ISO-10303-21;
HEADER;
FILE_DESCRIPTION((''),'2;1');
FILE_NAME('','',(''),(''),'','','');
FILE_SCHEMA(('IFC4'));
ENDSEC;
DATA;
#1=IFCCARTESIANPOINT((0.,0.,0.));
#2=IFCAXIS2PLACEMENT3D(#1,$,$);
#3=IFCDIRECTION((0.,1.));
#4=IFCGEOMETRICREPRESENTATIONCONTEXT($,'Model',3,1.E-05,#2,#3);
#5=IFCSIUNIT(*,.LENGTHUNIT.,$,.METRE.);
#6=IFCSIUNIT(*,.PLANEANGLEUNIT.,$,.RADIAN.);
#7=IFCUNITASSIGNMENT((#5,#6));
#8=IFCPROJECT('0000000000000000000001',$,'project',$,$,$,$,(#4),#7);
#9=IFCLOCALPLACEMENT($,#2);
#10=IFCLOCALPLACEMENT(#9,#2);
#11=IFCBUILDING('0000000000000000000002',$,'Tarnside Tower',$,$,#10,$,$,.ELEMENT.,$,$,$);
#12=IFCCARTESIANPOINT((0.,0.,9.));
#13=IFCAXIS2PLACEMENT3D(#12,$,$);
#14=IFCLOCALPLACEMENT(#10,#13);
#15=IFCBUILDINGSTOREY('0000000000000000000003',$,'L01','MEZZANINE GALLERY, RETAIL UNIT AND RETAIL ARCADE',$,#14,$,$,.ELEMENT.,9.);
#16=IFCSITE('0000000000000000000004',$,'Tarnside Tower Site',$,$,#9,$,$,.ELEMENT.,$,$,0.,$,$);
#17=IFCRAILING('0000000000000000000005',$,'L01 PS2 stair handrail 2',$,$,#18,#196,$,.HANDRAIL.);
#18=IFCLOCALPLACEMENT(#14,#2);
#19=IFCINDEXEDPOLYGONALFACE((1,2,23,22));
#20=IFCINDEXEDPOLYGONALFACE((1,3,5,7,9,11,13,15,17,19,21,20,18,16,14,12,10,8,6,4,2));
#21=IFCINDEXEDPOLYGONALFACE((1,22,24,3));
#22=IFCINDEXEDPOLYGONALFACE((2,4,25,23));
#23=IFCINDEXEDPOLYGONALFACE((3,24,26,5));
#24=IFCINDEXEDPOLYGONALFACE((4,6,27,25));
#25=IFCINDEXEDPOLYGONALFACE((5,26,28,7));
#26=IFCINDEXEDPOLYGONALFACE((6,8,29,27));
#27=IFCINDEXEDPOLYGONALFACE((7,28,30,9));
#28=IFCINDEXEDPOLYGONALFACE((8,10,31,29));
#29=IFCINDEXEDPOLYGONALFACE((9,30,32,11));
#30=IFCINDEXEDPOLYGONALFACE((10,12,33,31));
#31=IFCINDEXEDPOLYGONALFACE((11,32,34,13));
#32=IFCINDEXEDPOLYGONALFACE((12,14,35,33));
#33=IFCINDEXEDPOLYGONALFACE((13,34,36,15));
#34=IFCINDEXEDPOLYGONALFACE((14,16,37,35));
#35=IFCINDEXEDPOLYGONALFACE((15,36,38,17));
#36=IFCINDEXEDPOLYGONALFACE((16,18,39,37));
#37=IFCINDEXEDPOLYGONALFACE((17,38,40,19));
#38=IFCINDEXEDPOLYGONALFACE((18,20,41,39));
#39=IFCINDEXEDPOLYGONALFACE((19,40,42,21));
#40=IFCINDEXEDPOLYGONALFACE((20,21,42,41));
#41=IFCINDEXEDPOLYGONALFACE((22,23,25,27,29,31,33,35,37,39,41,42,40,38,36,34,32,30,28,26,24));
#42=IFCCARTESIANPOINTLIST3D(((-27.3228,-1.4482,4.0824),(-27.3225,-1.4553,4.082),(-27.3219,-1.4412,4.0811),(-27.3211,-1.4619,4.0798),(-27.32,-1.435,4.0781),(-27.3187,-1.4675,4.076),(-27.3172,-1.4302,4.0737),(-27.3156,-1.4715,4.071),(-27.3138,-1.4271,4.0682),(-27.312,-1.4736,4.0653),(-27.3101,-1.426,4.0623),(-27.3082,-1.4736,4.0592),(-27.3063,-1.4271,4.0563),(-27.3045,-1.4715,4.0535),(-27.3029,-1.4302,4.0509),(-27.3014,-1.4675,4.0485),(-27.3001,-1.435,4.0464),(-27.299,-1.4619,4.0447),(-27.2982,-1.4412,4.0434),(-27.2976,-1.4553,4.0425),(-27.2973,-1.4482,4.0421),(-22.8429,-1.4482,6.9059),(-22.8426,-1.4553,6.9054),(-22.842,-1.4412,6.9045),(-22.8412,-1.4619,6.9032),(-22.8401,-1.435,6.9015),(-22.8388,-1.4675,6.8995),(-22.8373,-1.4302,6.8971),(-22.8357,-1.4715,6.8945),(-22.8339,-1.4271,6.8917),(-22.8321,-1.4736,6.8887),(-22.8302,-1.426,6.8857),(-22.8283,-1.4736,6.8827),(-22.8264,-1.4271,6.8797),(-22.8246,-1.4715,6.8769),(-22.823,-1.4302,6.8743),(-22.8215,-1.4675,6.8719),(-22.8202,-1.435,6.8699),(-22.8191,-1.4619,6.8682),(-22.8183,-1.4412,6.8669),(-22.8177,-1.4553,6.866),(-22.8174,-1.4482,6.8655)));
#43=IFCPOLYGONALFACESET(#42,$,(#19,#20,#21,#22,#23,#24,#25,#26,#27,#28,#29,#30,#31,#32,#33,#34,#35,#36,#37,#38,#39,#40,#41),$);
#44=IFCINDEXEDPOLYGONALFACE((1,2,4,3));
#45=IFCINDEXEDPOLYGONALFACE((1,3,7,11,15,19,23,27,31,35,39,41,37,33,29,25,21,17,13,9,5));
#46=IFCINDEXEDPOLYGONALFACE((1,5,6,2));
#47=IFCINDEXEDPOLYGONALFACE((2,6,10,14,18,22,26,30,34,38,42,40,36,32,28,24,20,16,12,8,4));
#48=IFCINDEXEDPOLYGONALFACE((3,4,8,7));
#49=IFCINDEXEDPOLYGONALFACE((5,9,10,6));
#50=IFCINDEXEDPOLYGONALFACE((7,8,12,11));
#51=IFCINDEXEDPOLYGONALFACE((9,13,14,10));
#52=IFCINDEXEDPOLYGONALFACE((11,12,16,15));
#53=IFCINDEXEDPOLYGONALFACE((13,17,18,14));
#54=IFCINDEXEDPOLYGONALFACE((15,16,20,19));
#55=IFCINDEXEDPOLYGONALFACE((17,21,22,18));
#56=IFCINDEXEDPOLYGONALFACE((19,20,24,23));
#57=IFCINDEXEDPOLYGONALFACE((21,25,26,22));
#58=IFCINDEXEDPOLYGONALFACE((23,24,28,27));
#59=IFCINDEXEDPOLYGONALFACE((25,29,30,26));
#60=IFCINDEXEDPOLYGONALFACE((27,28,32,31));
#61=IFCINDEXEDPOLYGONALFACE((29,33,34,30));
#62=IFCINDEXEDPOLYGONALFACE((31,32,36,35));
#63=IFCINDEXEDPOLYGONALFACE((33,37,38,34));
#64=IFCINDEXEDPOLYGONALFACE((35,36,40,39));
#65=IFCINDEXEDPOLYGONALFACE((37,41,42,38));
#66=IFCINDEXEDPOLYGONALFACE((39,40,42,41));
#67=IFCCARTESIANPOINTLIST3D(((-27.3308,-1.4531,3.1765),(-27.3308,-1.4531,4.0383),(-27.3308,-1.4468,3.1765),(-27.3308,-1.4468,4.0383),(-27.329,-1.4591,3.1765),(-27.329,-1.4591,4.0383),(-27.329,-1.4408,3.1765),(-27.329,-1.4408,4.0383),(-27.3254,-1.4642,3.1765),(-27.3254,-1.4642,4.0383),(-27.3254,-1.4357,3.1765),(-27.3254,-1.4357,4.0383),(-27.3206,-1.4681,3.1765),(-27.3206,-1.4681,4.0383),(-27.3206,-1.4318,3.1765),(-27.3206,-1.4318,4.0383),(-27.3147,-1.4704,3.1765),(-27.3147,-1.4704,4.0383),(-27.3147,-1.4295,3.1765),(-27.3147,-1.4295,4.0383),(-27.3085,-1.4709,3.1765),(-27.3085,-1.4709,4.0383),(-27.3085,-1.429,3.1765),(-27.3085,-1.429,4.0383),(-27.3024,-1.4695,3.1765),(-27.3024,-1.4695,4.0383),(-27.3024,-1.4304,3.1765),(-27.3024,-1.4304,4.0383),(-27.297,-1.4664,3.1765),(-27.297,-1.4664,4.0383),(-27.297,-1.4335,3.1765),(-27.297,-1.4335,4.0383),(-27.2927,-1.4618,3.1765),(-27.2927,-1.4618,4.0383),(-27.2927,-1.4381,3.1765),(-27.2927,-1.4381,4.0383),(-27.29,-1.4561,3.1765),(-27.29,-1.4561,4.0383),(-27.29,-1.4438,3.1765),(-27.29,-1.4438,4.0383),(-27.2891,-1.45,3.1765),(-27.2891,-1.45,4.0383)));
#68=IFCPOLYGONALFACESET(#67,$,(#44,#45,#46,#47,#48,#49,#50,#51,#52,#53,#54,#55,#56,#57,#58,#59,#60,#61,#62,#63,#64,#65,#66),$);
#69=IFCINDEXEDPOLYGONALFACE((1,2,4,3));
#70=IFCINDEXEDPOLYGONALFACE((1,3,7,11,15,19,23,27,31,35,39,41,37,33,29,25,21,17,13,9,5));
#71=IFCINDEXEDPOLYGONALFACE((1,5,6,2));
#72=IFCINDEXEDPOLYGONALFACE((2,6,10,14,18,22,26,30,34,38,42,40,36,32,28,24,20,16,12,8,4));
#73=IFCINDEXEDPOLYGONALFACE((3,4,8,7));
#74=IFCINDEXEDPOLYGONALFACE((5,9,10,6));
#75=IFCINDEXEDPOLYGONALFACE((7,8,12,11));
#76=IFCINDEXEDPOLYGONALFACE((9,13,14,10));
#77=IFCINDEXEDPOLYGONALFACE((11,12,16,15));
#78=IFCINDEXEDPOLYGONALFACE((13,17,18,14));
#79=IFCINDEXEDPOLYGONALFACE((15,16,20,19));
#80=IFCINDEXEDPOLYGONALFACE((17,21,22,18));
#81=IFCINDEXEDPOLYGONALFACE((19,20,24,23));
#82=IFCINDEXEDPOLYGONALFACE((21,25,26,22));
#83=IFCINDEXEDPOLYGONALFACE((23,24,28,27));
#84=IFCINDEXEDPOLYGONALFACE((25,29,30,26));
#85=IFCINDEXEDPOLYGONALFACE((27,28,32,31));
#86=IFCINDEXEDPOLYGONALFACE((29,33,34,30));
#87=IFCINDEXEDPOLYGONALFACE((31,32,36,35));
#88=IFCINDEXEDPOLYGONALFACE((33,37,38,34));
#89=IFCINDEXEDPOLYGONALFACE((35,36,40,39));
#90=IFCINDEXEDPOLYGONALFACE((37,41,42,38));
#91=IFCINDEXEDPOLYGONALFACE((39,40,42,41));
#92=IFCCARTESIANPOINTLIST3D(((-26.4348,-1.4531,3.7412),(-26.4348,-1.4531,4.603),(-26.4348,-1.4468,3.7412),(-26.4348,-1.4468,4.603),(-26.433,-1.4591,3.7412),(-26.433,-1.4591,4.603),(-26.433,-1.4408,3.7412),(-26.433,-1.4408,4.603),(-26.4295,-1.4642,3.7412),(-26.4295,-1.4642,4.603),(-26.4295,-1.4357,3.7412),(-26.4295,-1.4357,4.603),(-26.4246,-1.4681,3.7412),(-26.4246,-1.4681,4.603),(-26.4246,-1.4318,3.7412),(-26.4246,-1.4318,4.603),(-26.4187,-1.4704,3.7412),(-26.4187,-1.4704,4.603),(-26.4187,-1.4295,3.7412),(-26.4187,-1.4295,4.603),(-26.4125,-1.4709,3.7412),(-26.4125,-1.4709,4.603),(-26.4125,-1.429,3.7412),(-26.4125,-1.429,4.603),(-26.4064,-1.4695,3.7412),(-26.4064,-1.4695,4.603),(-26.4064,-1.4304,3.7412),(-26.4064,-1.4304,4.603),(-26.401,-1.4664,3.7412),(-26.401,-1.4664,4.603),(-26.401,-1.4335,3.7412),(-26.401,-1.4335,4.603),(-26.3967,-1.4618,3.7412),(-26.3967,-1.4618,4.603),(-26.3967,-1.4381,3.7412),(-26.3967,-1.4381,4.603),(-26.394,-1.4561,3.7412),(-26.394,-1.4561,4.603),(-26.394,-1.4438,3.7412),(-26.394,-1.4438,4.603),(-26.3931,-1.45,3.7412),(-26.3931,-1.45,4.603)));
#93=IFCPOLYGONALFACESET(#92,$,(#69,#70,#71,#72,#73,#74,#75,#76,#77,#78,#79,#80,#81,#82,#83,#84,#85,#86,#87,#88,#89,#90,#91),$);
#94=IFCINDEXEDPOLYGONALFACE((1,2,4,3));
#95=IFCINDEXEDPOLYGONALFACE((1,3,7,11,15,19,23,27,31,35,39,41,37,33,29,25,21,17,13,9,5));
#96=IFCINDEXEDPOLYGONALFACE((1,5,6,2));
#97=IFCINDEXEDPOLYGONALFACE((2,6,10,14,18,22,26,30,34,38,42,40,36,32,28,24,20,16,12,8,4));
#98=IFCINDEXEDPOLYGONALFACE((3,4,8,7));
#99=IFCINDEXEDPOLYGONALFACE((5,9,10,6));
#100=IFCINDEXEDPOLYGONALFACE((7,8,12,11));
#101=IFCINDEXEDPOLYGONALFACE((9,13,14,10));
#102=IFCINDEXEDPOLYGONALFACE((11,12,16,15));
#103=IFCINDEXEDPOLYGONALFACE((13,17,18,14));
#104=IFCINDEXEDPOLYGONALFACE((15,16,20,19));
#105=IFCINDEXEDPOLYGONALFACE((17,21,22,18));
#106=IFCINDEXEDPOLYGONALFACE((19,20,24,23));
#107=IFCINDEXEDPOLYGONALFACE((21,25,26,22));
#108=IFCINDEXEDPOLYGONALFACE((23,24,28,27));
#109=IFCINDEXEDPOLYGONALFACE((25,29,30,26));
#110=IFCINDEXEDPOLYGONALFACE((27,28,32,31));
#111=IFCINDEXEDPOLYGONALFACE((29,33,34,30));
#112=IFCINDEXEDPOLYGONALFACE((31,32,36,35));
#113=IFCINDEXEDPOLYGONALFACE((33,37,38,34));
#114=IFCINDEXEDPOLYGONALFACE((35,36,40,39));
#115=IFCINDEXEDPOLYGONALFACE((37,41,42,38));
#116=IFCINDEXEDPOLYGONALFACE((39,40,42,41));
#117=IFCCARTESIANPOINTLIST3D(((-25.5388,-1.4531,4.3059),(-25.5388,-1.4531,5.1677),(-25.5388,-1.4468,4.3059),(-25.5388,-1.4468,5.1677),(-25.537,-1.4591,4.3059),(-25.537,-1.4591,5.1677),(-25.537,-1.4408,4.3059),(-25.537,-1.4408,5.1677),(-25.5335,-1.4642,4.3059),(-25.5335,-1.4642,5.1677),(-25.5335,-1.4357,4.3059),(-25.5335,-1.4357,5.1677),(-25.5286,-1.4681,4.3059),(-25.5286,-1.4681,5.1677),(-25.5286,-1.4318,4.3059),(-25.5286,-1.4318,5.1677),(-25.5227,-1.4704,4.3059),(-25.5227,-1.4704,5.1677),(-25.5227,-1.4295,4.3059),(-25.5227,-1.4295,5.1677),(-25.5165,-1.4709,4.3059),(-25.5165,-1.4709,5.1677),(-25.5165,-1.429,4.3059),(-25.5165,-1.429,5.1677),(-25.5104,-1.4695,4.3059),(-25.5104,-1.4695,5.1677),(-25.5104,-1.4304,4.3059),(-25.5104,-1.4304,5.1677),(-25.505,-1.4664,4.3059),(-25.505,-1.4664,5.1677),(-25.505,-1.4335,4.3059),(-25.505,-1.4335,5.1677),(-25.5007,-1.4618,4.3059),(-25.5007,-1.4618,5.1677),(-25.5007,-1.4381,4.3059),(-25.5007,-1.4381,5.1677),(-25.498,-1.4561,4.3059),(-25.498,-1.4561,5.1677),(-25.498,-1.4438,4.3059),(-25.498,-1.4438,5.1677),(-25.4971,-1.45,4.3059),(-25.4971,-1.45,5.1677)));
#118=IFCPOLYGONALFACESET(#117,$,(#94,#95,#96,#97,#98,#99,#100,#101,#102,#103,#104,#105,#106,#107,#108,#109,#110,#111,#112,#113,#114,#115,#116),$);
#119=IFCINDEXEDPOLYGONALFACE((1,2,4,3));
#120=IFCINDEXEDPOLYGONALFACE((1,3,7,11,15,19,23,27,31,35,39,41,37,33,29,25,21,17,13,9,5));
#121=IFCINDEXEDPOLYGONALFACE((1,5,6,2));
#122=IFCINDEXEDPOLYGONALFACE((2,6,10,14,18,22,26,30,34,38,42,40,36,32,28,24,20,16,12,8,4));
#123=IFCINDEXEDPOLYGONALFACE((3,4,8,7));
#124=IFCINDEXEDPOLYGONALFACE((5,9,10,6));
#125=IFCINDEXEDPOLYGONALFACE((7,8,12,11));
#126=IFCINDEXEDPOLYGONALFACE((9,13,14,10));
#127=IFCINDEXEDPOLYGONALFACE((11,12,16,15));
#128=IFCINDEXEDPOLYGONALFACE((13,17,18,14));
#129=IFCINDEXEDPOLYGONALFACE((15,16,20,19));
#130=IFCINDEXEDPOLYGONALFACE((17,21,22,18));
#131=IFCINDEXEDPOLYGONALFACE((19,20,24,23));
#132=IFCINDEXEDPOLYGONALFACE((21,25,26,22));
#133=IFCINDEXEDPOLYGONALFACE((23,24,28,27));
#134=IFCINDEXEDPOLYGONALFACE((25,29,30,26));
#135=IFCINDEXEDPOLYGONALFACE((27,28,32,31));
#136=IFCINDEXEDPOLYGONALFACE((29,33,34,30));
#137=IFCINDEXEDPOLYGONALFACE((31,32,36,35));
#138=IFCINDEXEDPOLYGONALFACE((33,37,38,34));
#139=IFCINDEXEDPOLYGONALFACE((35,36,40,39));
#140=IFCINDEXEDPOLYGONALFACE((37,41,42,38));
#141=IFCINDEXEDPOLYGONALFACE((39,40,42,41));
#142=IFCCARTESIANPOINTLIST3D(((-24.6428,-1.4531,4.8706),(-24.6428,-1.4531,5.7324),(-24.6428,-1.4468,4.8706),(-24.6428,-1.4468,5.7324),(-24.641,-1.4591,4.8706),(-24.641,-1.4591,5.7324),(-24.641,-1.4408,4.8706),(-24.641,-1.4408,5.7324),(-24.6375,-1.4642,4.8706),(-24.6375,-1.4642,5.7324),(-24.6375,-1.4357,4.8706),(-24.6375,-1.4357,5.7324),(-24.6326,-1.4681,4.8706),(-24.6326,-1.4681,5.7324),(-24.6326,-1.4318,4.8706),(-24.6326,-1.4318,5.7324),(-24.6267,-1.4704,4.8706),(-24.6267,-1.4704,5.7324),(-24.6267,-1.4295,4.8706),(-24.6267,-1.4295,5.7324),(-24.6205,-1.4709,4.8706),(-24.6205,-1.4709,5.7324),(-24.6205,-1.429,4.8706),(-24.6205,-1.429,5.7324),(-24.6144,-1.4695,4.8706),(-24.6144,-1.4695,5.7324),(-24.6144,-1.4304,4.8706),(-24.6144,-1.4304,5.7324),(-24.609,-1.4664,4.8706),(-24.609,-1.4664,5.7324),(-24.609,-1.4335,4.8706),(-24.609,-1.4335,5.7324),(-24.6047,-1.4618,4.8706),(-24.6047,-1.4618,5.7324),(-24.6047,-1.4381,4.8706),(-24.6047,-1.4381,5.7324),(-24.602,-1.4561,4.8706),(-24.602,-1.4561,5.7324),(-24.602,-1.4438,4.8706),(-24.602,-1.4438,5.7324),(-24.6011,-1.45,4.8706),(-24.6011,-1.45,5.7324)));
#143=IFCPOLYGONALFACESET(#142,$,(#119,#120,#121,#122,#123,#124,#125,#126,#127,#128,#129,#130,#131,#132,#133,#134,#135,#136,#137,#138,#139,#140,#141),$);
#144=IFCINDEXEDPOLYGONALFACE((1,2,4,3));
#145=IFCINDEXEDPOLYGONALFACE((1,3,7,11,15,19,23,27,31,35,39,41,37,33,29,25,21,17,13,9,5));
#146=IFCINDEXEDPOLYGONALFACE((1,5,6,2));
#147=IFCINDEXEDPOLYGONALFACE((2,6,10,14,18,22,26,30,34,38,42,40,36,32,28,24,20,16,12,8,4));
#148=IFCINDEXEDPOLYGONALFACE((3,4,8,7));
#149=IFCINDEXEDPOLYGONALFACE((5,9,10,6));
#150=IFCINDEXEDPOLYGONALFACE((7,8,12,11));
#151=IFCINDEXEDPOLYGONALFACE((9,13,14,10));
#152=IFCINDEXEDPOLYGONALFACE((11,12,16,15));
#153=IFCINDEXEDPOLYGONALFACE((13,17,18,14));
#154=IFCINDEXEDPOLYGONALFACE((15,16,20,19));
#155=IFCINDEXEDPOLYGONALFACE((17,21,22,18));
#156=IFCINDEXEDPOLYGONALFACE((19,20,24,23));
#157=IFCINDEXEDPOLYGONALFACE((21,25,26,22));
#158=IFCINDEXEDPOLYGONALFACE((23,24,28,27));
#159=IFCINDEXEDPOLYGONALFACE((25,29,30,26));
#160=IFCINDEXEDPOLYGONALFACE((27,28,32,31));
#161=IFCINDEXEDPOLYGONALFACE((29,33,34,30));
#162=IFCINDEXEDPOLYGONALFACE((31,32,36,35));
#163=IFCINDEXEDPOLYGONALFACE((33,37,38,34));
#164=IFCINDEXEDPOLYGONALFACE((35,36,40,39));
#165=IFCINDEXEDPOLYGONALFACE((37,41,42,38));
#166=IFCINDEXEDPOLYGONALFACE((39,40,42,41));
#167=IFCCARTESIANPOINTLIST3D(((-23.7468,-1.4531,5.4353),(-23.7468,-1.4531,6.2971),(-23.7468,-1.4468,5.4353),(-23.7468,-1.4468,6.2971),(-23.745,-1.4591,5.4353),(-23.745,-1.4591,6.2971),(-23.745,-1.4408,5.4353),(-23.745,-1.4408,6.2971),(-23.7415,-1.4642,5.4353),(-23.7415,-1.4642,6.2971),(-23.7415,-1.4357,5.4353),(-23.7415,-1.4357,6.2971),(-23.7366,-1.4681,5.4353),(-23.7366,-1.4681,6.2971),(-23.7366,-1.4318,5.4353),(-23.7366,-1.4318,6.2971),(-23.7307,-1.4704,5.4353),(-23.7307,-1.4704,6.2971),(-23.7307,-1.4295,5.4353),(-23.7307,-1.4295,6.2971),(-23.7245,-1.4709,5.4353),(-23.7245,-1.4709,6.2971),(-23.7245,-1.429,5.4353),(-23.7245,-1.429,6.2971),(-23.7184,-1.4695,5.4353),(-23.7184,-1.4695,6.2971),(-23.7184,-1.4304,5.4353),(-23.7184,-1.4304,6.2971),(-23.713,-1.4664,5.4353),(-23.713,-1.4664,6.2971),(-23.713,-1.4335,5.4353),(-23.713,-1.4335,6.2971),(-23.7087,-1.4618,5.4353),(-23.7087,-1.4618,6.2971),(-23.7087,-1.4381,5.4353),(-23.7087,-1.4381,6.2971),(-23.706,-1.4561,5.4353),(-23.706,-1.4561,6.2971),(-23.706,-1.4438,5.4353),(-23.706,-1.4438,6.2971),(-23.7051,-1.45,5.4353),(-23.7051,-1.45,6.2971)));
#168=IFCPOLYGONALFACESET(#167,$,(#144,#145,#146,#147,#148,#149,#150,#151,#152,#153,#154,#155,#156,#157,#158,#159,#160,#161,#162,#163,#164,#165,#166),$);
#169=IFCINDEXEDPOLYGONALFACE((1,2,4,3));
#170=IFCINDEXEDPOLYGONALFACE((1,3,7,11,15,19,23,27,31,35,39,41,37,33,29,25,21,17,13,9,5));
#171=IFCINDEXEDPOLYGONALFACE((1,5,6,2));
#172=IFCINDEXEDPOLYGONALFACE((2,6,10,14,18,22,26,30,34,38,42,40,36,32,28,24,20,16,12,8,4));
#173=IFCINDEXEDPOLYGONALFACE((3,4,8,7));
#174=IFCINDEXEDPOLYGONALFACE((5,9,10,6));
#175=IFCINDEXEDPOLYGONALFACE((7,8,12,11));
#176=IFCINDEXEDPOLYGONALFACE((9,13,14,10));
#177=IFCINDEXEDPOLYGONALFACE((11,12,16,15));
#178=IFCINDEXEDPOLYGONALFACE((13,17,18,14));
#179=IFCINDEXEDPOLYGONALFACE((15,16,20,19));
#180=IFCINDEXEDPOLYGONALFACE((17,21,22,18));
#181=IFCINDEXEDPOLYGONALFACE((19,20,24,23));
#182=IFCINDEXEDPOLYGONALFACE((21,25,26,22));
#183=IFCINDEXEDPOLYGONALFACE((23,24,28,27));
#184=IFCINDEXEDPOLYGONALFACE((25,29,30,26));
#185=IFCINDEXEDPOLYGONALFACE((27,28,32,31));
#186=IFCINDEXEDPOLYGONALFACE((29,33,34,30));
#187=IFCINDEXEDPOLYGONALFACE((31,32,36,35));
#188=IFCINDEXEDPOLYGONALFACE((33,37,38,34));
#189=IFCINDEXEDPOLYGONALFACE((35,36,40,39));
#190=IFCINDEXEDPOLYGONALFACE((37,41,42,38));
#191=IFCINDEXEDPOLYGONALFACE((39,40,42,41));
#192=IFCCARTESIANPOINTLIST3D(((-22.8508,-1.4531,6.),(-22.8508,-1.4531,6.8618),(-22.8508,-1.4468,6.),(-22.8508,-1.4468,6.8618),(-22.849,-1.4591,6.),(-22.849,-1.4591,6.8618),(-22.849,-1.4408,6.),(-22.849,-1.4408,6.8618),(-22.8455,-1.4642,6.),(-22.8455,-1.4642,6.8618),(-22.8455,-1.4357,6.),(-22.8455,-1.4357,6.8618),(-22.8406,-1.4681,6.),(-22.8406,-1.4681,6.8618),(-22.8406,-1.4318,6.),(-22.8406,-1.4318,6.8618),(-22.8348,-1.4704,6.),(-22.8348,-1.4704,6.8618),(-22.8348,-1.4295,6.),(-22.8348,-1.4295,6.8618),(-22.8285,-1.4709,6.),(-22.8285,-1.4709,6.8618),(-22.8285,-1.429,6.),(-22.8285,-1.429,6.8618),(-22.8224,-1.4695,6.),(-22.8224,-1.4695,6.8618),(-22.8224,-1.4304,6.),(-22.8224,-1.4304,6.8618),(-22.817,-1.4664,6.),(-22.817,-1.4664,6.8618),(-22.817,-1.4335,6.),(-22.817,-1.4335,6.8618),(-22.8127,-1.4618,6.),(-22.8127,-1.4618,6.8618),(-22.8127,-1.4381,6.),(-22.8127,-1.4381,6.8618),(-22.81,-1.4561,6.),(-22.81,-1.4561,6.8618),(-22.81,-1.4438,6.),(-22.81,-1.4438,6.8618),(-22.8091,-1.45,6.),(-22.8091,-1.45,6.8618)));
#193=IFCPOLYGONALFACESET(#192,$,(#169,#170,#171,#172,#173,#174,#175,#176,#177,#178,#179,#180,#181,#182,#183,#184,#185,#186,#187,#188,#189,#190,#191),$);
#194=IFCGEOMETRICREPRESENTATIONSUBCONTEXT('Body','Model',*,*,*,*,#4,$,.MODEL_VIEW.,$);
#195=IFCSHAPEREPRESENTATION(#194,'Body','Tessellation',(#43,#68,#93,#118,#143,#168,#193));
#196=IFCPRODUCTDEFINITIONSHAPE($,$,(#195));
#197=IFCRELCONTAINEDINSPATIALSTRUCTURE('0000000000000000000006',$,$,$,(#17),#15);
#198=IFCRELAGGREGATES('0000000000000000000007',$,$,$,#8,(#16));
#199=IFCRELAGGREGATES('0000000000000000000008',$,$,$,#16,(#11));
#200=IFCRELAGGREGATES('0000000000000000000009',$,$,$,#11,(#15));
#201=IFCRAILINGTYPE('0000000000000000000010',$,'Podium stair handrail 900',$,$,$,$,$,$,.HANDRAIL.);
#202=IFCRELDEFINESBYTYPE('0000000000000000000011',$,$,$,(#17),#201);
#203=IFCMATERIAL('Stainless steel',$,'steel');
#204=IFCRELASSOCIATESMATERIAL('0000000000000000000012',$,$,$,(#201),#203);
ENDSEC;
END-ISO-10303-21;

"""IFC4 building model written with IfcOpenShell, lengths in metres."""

from ifc_helpers import new_model, si_unit, direction, frame, origin, origin_2d, place, context, subcontext, project, spatial, circle, extrude, material, type_object, element, save


model = new_model("IFC4")

# Units and contexts
model_context = context("Model", 3, precision=1e-05, world=origin(), true_north=direction((0.0, 1.0)))
body_context = subcontext(model_context, "Body", "Model", "MODEL_VIEW")
ifc_project = project(units=[si_unit("LENGTHUNIT", "METRE"), si_unit("PLANEANGLEUNIT", "RADIAN")], contexts=[model_context])

# Site, building, storey
site_placement = place(None, origin())
site = spatial("IfcSite", under=ifc_project, at=site_placement, Name="Tarnside Tower Site", CompositionType="ELEMENT", RefElevation=0.0)
building_placement = place(site_placement, origin())
building = spatial("IfcBuilding", under=site, at=building_placement, Name="Tarnside Tower", CompositionType="ELEMENT")
storey_placement = place(building_placement, frame((0.0, 0.0, 9.0)))
storey = spatial("IfcBuildingStorey", under=building, at=storey_placement, Name="L01", Description="MEZZANINE GALLERY, RETAIL UNIT AND RETAIL ARCADE", CompositionType="ELEMENT", Elevation=9.0)

# Railing
ifc_material_1 = material(Name="Stainless steel", Category="steel")
railing_type_1 = type_object("IfcRailingType", Name="Podium stair handrail 900", PredefinedType="HANDRAIL", material=ifc_material_1)
railing_1_placement = place(storey_placement, frame((-27.3101, -1.45, 3.1765)))
element("IfcRailing", 1, at=railing_1_placement, inside=storey, type_object=railing_type_1, Name="L01 PS2 stair handrail 2", PredefinedType="HANDRAIL", context=body_context, shape_type="SweptSolid", body=[
    extrude(circle(Radius=0.0239, at=origin_2d()), frame((0.0, 0.0, 0.8857), z_axis=(0.845998, 0.0, 0.533186), x_axis=(0.0, 1.0, 0.0)), (0.0, 0.0, 1.0), 5.2954),
    extrude(circle(Radius=0.021, at=origin_2d()), origin(), (0.0, 0.0, 1.0), 0.8618),
    extrude(circle(Radius=0.021, at=origin_2d()), frame((0.896, 0.0, 0.5647)), (0.0, 0.0, 1.0), 0.8618),
    extrude(circle(Radius=0.021, at=origin_2d()), frame((1.792, 0.0, 1.1294)), (0.0, 0.0, 1.0), 0.8618),
    extrude(circle(Radius=0.021, at=origin_2d()), frame((2.688, 0.0, 1.6941)), (0.0, 0.0, 1.0), 0.8618),
    extrude(circle(Radius=0.021, at=origin_2d()), frame((3.584, 0.0, 2.2588)), (0.0, 0.0, 1.0), 0.8618),
    extrude(circle(Radius=0.021, at=origin_2d()), frame((4.48, 0.0, 2.8235)), (0.0, 0.0, 1.0), 0.8618),
])

save(model, "model.ifc")
